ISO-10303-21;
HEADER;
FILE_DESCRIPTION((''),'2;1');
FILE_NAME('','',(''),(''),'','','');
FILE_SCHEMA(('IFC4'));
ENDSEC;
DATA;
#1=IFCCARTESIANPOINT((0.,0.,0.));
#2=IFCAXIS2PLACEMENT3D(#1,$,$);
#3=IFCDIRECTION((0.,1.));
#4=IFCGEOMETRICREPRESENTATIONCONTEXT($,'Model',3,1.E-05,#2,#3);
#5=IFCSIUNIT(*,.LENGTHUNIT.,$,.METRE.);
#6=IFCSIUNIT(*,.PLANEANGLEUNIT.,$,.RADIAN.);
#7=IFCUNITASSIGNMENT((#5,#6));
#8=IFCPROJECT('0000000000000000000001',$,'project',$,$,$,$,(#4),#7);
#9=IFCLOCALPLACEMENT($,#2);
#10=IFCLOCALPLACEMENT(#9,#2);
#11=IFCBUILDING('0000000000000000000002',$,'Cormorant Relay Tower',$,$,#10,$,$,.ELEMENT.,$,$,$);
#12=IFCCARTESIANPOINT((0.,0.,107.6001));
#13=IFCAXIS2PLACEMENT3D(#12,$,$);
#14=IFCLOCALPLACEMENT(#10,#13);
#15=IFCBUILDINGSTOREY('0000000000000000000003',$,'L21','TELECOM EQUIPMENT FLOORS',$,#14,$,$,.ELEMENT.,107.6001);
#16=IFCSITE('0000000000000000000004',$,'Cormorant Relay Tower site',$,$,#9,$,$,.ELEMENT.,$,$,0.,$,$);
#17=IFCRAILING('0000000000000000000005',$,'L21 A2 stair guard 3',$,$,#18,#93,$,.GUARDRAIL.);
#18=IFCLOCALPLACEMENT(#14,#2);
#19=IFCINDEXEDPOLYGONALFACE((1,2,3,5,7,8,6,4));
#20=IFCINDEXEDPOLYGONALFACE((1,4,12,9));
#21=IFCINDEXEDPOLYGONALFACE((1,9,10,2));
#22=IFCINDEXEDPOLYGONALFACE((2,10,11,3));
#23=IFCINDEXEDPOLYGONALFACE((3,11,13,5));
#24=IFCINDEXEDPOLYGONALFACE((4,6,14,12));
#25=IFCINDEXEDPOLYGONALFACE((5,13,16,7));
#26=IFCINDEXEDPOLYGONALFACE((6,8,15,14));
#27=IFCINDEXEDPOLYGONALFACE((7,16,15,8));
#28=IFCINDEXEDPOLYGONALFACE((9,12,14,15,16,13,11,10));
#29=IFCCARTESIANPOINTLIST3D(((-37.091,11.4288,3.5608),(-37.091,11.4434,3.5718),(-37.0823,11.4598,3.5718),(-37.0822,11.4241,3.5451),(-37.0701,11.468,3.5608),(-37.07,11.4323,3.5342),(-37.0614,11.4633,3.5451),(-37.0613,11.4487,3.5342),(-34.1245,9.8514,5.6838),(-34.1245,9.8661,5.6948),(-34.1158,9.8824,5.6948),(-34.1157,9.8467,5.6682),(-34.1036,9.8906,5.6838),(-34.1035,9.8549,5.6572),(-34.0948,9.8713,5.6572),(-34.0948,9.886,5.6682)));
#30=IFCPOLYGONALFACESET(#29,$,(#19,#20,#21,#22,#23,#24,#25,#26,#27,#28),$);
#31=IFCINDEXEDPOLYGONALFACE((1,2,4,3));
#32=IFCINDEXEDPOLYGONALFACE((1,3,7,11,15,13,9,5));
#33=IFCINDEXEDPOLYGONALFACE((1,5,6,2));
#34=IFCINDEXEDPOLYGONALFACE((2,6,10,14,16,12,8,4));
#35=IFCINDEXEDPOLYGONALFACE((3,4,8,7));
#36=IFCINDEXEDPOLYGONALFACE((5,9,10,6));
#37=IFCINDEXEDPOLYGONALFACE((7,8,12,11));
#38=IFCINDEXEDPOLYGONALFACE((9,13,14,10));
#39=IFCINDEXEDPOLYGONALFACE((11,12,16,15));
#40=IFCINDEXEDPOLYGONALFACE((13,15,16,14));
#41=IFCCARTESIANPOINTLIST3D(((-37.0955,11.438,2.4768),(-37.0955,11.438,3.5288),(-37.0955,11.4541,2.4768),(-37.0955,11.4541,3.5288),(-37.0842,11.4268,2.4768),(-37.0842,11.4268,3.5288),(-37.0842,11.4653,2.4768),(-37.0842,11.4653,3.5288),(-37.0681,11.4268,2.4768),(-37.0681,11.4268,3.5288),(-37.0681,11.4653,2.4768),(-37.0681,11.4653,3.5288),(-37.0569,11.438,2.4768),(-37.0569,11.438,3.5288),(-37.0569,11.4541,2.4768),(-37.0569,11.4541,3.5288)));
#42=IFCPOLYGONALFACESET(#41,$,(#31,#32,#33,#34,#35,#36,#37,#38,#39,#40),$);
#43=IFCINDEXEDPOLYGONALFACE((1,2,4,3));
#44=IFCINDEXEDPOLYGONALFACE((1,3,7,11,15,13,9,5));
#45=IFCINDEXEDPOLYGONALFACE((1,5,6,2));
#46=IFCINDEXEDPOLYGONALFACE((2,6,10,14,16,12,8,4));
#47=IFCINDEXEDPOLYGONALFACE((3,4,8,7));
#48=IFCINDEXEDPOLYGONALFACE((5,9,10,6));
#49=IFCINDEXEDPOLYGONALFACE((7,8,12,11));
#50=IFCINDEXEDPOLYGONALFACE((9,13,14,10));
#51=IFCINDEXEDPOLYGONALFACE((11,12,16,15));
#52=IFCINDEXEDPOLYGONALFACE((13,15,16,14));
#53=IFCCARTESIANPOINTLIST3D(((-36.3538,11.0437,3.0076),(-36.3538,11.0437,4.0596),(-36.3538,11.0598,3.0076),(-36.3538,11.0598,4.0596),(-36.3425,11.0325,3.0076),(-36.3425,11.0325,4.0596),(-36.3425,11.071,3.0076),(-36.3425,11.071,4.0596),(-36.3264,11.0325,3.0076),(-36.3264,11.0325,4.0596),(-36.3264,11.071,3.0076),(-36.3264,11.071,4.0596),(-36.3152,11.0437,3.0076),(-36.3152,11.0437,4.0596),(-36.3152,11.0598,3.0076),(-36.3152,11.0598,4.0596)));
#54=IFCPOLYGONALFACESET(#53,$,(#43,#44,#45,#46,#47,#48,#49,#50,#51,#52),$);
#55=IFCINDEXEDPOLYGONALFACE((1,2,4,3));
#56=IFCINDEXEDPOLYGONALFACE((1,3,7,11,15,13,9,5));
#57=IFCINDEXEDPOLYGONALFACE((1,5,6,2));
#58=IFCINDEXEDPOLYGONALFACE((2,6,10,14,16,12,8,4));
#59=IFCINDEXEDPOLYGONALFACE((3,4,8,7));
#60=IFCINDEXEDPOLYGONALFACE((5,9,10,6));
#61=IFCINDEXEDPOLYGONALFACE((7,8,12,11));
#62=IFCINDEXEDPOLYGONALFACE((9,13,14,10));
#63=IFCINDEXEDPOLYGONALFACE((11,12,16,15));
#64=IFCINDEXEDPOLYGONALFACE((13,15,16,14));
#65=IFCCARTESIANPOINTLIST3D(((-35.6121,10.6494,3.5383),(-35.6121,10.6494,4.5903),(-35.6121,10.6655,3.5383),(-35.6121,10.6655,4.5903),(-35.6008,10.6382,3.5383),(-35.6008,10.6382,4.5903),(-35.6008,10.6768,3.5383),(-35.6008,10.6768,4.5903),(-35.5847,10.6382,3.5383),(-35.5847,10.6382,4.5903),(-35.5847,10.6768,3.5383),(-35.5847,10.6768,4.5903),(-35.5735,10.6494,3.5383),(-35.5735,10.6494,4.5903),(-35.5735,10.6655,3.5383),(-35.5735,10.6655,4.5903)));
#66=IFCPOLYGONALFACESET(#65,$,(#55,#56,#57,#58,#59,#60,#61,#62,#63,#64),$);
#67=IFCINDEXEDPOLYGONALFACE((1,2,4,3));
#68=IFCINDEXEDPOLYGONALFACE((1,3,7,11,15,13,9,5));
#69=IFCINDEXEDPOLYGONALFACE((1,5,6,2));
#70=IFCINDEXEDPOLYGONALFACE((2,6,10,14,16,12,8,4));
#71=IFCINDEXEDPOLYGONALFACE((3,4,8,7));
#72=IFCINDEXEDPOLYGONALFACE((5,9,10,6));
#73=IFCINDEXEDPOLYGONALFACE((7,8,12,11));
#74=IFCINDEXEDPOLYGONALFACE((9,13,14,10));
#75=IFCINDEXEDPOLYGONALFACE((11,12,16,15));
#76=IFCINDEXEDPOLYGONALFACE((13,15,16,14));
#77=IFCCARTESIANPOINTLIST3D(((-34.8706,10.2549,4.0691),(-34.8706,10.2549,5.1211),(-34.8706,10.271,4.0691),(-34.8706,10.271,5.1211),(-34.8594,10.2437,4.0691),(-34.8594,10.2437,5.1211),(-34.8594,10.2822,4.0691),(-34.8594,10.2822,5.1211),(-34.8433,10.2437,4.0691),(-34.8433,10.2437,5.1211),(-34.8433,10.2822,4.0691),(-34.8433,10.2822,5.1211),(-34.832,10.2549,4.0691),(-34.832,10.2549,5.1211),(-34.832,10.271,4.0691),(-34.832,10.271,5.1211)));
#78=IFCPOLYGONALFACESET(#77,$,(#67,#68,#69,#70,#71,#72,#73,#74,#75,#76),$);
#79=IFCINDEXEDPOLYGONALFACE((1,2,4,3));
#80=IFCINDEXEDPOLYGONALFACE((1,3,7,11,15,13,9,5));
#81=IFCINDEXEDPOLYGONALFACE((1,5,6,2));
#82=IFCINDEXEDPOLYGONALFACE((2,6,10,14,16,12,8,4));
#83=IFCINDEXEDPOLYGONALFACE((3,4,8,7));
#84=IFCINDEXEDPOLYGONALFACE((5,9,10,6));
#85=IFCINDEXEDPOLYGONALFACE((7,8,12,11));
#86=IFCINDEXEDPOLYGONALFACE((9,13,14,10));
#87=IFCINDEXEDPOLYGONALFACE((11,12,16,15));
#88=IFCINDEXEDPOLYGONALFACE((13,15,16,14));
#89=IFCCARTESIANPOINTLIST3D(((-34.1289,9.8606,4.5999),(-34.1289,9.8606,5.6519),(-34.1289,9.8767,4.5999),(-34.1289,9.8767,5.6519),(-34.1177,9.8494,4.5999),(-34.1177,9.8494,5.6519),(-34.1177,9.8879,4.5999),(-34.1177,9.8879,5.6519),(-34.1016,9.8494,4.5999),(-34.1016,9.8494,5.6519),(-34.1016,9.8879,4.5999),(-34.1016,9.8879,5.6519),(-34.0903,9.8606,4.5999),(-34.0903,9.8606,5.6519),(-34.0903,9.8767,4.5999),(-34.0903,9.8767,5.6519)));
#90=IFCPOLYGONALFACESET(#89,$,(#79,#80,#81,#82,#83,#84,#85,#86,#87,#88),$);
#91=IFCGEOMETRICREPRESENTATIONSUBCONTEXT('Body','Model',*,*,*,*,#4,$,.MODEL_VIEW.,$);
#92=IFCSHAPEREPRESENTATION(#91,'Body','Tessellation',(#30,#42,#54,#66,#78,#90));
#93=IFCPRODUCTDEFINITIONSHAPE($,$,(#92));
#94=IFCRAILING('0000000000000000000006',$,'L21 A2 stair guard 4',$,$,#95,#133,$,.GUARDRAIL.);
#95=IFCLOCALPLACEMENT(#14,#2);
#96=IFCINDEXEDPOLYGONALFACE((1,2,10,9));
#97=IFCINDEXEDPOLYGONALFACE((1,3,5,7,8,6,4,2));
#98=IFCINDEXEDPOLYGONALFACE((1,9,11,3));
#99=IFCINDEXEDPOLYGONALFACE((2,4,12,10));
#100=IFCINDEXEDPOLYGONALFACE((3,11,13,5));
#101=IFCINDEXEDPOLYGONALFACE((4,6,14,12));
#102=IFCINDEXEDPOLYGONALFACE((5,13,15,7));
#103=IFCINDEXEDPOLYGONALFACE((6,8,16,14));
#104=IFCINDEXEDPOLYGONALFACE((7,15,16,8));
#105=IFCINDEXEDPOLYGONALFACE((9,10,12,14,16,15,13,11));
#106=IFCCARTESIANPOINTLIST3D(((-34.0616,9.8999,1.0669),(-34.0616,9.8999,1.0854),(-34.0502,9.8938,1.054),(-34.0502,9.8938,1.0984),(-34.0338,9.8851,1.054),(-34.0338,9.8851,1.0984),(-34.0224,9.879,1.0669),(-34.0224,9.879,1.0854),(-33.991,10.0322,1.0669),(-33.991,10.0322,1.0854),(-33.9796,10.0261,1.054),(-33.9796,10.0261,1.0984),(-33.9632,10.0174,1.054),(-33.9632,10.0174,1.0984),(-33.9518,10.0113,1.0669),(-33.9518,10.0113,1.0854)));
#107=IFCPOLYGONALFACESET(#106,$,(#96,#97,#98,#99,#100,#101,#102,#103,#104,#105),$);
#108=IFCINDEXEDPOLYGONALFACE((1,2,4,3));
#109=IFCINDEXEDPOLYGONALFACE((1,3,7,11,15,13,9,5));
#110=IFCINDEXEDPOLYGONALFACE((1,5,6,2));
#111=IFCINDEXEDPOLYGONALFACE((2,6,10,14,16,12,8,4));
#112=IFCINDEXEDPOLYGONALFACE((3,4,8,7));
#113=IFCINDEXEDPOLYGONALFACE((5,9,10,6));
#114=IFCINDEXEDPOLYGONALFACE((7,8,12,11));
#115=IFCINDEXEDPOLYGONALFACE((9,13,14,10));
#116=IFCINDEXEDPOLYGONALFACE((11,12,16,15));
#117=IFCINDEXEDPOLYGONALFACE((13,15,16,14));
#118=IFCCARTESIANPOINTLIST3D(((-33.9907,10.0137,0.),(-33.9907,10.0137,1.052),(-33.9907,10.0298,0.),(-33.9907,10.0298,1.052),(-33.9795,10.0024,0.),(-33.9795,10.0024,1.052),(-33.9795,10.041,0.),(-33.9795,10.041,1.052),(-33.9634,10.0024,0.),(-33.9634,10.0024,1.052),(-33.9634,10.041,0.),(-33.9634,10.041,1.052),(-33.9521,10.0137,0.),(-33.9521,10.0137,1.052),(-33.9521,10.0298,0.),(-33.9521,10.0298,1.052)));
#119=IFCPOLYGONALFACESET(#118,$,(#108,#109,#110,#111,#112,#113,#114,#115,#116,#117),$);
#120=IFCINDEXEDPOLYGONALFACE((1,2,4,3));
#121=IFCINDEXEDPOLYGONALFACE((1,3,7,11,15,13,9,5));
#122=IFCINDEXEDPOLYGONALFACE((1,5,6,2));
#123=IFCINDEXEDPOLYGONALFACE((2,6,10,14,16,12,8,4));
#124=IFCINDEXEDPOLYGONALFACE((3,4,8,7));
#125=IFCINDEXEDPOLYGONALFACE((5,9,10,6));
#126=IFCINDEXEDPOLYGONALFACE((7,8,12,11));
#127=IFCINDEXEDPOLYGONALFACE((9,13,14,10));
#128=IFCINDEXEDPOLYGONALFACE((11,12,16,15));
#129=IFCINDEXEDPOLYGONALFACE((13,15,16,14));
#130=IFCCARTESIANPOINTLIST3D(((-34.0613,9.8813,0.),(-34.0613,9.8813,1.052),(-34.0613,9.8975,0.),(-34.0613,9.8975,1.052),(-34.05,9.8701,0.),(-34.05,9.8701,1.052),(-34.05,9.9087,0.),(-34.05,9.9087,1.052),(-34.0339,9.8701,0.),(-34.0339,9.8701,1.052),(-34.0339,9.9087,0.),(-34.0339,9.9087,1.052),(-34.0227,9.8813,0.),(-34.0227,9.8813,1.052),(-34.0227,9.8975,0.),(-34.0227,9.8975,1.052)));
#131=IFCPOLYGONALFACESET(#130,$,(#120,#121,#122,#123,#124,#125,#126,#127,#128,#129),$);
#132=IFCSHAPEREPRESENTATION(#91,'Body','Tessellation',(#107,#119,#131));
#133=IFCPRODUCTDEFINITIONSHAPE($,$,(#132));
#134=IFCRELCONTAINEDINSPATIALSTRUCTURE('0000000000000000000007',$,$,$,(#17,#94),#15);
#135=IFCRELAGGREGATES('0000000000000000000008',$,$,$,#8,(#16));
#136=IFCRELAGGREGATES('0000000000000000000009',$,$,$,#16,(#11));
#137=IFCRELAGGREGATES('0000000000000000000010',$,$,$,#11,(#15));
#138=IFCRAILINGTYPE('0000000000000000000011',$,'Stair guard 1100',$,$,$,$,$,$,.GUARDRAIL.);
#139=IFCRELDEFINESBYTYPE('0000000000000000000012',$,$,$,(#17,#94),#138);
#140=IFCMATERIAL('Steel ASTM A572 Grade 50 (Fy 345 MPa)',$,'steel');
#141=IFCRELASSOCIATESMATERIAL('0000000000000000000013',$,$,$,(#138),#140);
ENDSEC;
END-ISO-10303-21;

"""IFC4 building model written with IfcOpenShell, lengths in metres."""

from ifc_helpers import new_model, si_unit, direction, frame, origin, place, context, subcontext, project, spatial, polyline, outline, extrude, material, type_object, element, save


model = new_model("IFC4")

# Units and contexts
model_context = context("Model", 3, precision=1e-05, world=origin(), true_north=direction((0.0, 1.0)))
body_context = subcontext(model_context, "Body", "Model", "MODEL_VIEW")
ifc_project = project(units=[si_unit("LENGTHUNIT", "METRE"), si_unit("PLANEANGLEUNIT", "RADIAN")], contexts=[model_context])

# Site, building, storey
site_placement = place(None, origin())
site = spatial("IfcSite", under=ifc_project, at=site_placement, Name="Cormorant Relay Tower site", CompositionType="ELEMENT", RefElevation=0.0)
building_placement = place(site_placement, origin())
building = spatial("IfcBuilding", under=site, at=building_placement, Name="Cormorant Relay Tower", CompositionType="ELEMENT")
storey_placement = place(building_placement, frame((0.0, 0.0, 107.6001)))
storey = spatial("IfcBuildingStorey", under=building, at=storey_placement, Name="L21", Description="TELECOM EQUIPMENT FLOORS", CompositionType="ELEMENT", Elevation=107.6001)

# Railings
ifc_material_1 = material(Name="Steel ASTM A572 Grade 50 (Fy 345 MPa)", Category="steel")
railing_type_1 = type_object("IfcRailingType", Name="Stair guard 1100", PredefinedType="GUARDRAIL", material=ifc_material_1)
railing_1_placement = place(storey_placement, frame((-37.0762, 11.446, 2.4768)))
element("IfcRailing", 1, at=railing_1_placement, inside=storey, type_object=railing_type_1, Name="L21 A2 stair guard 3", PredefinedType="GUARDRAIL", context=body_context, shape_type="SweptSolid", body=[
    extrude(outline(polyline([(0.0222, 0.0093), (0.0093, 0.0222), (-0.0093, 0.0222), (-0.0222, 0.0093), (-0.0222, -0.0093), (-0.0093, -0.0222), (0.0093, -0.0222), (0.0222, -0.0093), (0.0222, 0.0093)])), frame((0.0, 0.0, 1.0762), z_axis=(0.746413, -0.396887, 0.534179), x_axis=(0.469483, 0.882942, 0.0)), (0.0, 0.0, 1.0), 3.9744),
    extrude(outline(polyline([(0.0193, 0.0081), (0.0081, 0.0193), (-0.0081, 0.0193), (-0.0193, 0.0081), (-0.0193, -0.0081), (-0.0081, -0.0193), (0.0081, -0.0193), (0.0193, -0.0081), (0.0193, 0.0081)])), origin(), (0.0, 0.0, 1.0), 1.052),
    extrude(outline(polyline([(0.0193, 0.0081), (0.0081, 0.0193), (-0.0081, 0.0193), (-0.0193, 0.0081), (-0.0193, -0.0081), (-0.0081, -0.0193), (0.0081, -0.0193), (0.0193, -0.0081), (0.0193, 0.0081)])), frame((0.7417, -0.3943, 0.5308)), (0.0, 0.0, 1.0), 1.052),
    extrude(outline(polyline([(0.0193, 0.0081), (0.0081, 0.0193), (-0.0081, 0.0193), (-0.0193, 0.0081), (-0.0193, -0.0081), (-0.0081, -0.0193), (0.0081, -0.0193), (0.0193, -0.0081), (0.0193, 0.0081)])), frame((1.4834, -0.7886, 1.0615)), (0.0, 0.0, 1.0), 1.052),
    extrude(outline(polyline([(0.0193, 0.0081), (0.0081, 0.0193), (-0.0081, 0.0193), (-0.0193, 0.0081), (-0.0193, -0.0081), (-0.0081, -0.0193), (0.0081, -0.0193), (0.0193, -0.0081), (0.0193, 0.0081)])), frame((2.2249, -1.1831, 1.5923)), (0.0, 0.0, 1.0), 1.052),
    extrude(outline(polyline([(0.0193, 0.0081), (0.0081, 0.0193), (-0.0081, 0.0193), (-0.0193, 0.0081), (-0.0193, -0.0081), (-0.0081, -0.0193), (0.0081, -0.0193), (0.0193, -0.0081), (0.0193, 0.0081)])), frame((2.9666, -1.5774, 2.123)), (0.0, 0.0, 1.0), 1.052),
])
railing_2_placement = place(storey_placement, frame((-33.9714, 10.0217, 0.0)))
element("IfcRailing", 2, at=railing_2_placement, inside=storey, type_object=railing_type_1, Name="L21 A2 stair guard 4", PredefinedType="GUARDRAIL", context=body_context, shape_type="SweptSolid", body=[
    extrude(outline(polyline([(0.0222, 0.0093), (0.0093, 0.0222), (-0.0093, 0.0222), (-0.0222, 0.0093), (-0.0222, -0.0093), (-0.0093, -0.0222), (0.0093, -0.0222), (0.0222, -0.0093), (0.0222, 0.0093)])), frame((0.0, 0.0, 1.0762), z_axis=(-0.470504, -0.882398, 0.0), x_axis=(0.882398, -0.470504, 0.0)), (0.0, 0.0, 1.0), 0.1499),
    extrude(outline(polyline([(0.0193, 0.0081), (0.0081, 0.0193), (-0.0081, 0.0193), (-0.0193, 0.0081), (-0.0193, -0.0081), (-0.0081, -0.0193), (0.0081, -0.0193), (0.0193, -0.0081), (0.0193, 0.0081)])), origin(), (0.0, 0.0, 1.0), 1.052),
    extrude(outline(polyline([(0.0193, 0.0081), (0.0081, 0.0193), (-0.0081, 0.0193), (-0.0193, 0.0081), (-0.0193, -0.0081), (-0.0081, -0.0193), (0.0081, -0.0193), (0.0193, -0.0081), (0.0193, 0.0081)])), frame((-0.0706, -0.1323, 0.0)), (0.0, 0.0, 1.0), 1.052),
])

save(model, "model.ifc")
